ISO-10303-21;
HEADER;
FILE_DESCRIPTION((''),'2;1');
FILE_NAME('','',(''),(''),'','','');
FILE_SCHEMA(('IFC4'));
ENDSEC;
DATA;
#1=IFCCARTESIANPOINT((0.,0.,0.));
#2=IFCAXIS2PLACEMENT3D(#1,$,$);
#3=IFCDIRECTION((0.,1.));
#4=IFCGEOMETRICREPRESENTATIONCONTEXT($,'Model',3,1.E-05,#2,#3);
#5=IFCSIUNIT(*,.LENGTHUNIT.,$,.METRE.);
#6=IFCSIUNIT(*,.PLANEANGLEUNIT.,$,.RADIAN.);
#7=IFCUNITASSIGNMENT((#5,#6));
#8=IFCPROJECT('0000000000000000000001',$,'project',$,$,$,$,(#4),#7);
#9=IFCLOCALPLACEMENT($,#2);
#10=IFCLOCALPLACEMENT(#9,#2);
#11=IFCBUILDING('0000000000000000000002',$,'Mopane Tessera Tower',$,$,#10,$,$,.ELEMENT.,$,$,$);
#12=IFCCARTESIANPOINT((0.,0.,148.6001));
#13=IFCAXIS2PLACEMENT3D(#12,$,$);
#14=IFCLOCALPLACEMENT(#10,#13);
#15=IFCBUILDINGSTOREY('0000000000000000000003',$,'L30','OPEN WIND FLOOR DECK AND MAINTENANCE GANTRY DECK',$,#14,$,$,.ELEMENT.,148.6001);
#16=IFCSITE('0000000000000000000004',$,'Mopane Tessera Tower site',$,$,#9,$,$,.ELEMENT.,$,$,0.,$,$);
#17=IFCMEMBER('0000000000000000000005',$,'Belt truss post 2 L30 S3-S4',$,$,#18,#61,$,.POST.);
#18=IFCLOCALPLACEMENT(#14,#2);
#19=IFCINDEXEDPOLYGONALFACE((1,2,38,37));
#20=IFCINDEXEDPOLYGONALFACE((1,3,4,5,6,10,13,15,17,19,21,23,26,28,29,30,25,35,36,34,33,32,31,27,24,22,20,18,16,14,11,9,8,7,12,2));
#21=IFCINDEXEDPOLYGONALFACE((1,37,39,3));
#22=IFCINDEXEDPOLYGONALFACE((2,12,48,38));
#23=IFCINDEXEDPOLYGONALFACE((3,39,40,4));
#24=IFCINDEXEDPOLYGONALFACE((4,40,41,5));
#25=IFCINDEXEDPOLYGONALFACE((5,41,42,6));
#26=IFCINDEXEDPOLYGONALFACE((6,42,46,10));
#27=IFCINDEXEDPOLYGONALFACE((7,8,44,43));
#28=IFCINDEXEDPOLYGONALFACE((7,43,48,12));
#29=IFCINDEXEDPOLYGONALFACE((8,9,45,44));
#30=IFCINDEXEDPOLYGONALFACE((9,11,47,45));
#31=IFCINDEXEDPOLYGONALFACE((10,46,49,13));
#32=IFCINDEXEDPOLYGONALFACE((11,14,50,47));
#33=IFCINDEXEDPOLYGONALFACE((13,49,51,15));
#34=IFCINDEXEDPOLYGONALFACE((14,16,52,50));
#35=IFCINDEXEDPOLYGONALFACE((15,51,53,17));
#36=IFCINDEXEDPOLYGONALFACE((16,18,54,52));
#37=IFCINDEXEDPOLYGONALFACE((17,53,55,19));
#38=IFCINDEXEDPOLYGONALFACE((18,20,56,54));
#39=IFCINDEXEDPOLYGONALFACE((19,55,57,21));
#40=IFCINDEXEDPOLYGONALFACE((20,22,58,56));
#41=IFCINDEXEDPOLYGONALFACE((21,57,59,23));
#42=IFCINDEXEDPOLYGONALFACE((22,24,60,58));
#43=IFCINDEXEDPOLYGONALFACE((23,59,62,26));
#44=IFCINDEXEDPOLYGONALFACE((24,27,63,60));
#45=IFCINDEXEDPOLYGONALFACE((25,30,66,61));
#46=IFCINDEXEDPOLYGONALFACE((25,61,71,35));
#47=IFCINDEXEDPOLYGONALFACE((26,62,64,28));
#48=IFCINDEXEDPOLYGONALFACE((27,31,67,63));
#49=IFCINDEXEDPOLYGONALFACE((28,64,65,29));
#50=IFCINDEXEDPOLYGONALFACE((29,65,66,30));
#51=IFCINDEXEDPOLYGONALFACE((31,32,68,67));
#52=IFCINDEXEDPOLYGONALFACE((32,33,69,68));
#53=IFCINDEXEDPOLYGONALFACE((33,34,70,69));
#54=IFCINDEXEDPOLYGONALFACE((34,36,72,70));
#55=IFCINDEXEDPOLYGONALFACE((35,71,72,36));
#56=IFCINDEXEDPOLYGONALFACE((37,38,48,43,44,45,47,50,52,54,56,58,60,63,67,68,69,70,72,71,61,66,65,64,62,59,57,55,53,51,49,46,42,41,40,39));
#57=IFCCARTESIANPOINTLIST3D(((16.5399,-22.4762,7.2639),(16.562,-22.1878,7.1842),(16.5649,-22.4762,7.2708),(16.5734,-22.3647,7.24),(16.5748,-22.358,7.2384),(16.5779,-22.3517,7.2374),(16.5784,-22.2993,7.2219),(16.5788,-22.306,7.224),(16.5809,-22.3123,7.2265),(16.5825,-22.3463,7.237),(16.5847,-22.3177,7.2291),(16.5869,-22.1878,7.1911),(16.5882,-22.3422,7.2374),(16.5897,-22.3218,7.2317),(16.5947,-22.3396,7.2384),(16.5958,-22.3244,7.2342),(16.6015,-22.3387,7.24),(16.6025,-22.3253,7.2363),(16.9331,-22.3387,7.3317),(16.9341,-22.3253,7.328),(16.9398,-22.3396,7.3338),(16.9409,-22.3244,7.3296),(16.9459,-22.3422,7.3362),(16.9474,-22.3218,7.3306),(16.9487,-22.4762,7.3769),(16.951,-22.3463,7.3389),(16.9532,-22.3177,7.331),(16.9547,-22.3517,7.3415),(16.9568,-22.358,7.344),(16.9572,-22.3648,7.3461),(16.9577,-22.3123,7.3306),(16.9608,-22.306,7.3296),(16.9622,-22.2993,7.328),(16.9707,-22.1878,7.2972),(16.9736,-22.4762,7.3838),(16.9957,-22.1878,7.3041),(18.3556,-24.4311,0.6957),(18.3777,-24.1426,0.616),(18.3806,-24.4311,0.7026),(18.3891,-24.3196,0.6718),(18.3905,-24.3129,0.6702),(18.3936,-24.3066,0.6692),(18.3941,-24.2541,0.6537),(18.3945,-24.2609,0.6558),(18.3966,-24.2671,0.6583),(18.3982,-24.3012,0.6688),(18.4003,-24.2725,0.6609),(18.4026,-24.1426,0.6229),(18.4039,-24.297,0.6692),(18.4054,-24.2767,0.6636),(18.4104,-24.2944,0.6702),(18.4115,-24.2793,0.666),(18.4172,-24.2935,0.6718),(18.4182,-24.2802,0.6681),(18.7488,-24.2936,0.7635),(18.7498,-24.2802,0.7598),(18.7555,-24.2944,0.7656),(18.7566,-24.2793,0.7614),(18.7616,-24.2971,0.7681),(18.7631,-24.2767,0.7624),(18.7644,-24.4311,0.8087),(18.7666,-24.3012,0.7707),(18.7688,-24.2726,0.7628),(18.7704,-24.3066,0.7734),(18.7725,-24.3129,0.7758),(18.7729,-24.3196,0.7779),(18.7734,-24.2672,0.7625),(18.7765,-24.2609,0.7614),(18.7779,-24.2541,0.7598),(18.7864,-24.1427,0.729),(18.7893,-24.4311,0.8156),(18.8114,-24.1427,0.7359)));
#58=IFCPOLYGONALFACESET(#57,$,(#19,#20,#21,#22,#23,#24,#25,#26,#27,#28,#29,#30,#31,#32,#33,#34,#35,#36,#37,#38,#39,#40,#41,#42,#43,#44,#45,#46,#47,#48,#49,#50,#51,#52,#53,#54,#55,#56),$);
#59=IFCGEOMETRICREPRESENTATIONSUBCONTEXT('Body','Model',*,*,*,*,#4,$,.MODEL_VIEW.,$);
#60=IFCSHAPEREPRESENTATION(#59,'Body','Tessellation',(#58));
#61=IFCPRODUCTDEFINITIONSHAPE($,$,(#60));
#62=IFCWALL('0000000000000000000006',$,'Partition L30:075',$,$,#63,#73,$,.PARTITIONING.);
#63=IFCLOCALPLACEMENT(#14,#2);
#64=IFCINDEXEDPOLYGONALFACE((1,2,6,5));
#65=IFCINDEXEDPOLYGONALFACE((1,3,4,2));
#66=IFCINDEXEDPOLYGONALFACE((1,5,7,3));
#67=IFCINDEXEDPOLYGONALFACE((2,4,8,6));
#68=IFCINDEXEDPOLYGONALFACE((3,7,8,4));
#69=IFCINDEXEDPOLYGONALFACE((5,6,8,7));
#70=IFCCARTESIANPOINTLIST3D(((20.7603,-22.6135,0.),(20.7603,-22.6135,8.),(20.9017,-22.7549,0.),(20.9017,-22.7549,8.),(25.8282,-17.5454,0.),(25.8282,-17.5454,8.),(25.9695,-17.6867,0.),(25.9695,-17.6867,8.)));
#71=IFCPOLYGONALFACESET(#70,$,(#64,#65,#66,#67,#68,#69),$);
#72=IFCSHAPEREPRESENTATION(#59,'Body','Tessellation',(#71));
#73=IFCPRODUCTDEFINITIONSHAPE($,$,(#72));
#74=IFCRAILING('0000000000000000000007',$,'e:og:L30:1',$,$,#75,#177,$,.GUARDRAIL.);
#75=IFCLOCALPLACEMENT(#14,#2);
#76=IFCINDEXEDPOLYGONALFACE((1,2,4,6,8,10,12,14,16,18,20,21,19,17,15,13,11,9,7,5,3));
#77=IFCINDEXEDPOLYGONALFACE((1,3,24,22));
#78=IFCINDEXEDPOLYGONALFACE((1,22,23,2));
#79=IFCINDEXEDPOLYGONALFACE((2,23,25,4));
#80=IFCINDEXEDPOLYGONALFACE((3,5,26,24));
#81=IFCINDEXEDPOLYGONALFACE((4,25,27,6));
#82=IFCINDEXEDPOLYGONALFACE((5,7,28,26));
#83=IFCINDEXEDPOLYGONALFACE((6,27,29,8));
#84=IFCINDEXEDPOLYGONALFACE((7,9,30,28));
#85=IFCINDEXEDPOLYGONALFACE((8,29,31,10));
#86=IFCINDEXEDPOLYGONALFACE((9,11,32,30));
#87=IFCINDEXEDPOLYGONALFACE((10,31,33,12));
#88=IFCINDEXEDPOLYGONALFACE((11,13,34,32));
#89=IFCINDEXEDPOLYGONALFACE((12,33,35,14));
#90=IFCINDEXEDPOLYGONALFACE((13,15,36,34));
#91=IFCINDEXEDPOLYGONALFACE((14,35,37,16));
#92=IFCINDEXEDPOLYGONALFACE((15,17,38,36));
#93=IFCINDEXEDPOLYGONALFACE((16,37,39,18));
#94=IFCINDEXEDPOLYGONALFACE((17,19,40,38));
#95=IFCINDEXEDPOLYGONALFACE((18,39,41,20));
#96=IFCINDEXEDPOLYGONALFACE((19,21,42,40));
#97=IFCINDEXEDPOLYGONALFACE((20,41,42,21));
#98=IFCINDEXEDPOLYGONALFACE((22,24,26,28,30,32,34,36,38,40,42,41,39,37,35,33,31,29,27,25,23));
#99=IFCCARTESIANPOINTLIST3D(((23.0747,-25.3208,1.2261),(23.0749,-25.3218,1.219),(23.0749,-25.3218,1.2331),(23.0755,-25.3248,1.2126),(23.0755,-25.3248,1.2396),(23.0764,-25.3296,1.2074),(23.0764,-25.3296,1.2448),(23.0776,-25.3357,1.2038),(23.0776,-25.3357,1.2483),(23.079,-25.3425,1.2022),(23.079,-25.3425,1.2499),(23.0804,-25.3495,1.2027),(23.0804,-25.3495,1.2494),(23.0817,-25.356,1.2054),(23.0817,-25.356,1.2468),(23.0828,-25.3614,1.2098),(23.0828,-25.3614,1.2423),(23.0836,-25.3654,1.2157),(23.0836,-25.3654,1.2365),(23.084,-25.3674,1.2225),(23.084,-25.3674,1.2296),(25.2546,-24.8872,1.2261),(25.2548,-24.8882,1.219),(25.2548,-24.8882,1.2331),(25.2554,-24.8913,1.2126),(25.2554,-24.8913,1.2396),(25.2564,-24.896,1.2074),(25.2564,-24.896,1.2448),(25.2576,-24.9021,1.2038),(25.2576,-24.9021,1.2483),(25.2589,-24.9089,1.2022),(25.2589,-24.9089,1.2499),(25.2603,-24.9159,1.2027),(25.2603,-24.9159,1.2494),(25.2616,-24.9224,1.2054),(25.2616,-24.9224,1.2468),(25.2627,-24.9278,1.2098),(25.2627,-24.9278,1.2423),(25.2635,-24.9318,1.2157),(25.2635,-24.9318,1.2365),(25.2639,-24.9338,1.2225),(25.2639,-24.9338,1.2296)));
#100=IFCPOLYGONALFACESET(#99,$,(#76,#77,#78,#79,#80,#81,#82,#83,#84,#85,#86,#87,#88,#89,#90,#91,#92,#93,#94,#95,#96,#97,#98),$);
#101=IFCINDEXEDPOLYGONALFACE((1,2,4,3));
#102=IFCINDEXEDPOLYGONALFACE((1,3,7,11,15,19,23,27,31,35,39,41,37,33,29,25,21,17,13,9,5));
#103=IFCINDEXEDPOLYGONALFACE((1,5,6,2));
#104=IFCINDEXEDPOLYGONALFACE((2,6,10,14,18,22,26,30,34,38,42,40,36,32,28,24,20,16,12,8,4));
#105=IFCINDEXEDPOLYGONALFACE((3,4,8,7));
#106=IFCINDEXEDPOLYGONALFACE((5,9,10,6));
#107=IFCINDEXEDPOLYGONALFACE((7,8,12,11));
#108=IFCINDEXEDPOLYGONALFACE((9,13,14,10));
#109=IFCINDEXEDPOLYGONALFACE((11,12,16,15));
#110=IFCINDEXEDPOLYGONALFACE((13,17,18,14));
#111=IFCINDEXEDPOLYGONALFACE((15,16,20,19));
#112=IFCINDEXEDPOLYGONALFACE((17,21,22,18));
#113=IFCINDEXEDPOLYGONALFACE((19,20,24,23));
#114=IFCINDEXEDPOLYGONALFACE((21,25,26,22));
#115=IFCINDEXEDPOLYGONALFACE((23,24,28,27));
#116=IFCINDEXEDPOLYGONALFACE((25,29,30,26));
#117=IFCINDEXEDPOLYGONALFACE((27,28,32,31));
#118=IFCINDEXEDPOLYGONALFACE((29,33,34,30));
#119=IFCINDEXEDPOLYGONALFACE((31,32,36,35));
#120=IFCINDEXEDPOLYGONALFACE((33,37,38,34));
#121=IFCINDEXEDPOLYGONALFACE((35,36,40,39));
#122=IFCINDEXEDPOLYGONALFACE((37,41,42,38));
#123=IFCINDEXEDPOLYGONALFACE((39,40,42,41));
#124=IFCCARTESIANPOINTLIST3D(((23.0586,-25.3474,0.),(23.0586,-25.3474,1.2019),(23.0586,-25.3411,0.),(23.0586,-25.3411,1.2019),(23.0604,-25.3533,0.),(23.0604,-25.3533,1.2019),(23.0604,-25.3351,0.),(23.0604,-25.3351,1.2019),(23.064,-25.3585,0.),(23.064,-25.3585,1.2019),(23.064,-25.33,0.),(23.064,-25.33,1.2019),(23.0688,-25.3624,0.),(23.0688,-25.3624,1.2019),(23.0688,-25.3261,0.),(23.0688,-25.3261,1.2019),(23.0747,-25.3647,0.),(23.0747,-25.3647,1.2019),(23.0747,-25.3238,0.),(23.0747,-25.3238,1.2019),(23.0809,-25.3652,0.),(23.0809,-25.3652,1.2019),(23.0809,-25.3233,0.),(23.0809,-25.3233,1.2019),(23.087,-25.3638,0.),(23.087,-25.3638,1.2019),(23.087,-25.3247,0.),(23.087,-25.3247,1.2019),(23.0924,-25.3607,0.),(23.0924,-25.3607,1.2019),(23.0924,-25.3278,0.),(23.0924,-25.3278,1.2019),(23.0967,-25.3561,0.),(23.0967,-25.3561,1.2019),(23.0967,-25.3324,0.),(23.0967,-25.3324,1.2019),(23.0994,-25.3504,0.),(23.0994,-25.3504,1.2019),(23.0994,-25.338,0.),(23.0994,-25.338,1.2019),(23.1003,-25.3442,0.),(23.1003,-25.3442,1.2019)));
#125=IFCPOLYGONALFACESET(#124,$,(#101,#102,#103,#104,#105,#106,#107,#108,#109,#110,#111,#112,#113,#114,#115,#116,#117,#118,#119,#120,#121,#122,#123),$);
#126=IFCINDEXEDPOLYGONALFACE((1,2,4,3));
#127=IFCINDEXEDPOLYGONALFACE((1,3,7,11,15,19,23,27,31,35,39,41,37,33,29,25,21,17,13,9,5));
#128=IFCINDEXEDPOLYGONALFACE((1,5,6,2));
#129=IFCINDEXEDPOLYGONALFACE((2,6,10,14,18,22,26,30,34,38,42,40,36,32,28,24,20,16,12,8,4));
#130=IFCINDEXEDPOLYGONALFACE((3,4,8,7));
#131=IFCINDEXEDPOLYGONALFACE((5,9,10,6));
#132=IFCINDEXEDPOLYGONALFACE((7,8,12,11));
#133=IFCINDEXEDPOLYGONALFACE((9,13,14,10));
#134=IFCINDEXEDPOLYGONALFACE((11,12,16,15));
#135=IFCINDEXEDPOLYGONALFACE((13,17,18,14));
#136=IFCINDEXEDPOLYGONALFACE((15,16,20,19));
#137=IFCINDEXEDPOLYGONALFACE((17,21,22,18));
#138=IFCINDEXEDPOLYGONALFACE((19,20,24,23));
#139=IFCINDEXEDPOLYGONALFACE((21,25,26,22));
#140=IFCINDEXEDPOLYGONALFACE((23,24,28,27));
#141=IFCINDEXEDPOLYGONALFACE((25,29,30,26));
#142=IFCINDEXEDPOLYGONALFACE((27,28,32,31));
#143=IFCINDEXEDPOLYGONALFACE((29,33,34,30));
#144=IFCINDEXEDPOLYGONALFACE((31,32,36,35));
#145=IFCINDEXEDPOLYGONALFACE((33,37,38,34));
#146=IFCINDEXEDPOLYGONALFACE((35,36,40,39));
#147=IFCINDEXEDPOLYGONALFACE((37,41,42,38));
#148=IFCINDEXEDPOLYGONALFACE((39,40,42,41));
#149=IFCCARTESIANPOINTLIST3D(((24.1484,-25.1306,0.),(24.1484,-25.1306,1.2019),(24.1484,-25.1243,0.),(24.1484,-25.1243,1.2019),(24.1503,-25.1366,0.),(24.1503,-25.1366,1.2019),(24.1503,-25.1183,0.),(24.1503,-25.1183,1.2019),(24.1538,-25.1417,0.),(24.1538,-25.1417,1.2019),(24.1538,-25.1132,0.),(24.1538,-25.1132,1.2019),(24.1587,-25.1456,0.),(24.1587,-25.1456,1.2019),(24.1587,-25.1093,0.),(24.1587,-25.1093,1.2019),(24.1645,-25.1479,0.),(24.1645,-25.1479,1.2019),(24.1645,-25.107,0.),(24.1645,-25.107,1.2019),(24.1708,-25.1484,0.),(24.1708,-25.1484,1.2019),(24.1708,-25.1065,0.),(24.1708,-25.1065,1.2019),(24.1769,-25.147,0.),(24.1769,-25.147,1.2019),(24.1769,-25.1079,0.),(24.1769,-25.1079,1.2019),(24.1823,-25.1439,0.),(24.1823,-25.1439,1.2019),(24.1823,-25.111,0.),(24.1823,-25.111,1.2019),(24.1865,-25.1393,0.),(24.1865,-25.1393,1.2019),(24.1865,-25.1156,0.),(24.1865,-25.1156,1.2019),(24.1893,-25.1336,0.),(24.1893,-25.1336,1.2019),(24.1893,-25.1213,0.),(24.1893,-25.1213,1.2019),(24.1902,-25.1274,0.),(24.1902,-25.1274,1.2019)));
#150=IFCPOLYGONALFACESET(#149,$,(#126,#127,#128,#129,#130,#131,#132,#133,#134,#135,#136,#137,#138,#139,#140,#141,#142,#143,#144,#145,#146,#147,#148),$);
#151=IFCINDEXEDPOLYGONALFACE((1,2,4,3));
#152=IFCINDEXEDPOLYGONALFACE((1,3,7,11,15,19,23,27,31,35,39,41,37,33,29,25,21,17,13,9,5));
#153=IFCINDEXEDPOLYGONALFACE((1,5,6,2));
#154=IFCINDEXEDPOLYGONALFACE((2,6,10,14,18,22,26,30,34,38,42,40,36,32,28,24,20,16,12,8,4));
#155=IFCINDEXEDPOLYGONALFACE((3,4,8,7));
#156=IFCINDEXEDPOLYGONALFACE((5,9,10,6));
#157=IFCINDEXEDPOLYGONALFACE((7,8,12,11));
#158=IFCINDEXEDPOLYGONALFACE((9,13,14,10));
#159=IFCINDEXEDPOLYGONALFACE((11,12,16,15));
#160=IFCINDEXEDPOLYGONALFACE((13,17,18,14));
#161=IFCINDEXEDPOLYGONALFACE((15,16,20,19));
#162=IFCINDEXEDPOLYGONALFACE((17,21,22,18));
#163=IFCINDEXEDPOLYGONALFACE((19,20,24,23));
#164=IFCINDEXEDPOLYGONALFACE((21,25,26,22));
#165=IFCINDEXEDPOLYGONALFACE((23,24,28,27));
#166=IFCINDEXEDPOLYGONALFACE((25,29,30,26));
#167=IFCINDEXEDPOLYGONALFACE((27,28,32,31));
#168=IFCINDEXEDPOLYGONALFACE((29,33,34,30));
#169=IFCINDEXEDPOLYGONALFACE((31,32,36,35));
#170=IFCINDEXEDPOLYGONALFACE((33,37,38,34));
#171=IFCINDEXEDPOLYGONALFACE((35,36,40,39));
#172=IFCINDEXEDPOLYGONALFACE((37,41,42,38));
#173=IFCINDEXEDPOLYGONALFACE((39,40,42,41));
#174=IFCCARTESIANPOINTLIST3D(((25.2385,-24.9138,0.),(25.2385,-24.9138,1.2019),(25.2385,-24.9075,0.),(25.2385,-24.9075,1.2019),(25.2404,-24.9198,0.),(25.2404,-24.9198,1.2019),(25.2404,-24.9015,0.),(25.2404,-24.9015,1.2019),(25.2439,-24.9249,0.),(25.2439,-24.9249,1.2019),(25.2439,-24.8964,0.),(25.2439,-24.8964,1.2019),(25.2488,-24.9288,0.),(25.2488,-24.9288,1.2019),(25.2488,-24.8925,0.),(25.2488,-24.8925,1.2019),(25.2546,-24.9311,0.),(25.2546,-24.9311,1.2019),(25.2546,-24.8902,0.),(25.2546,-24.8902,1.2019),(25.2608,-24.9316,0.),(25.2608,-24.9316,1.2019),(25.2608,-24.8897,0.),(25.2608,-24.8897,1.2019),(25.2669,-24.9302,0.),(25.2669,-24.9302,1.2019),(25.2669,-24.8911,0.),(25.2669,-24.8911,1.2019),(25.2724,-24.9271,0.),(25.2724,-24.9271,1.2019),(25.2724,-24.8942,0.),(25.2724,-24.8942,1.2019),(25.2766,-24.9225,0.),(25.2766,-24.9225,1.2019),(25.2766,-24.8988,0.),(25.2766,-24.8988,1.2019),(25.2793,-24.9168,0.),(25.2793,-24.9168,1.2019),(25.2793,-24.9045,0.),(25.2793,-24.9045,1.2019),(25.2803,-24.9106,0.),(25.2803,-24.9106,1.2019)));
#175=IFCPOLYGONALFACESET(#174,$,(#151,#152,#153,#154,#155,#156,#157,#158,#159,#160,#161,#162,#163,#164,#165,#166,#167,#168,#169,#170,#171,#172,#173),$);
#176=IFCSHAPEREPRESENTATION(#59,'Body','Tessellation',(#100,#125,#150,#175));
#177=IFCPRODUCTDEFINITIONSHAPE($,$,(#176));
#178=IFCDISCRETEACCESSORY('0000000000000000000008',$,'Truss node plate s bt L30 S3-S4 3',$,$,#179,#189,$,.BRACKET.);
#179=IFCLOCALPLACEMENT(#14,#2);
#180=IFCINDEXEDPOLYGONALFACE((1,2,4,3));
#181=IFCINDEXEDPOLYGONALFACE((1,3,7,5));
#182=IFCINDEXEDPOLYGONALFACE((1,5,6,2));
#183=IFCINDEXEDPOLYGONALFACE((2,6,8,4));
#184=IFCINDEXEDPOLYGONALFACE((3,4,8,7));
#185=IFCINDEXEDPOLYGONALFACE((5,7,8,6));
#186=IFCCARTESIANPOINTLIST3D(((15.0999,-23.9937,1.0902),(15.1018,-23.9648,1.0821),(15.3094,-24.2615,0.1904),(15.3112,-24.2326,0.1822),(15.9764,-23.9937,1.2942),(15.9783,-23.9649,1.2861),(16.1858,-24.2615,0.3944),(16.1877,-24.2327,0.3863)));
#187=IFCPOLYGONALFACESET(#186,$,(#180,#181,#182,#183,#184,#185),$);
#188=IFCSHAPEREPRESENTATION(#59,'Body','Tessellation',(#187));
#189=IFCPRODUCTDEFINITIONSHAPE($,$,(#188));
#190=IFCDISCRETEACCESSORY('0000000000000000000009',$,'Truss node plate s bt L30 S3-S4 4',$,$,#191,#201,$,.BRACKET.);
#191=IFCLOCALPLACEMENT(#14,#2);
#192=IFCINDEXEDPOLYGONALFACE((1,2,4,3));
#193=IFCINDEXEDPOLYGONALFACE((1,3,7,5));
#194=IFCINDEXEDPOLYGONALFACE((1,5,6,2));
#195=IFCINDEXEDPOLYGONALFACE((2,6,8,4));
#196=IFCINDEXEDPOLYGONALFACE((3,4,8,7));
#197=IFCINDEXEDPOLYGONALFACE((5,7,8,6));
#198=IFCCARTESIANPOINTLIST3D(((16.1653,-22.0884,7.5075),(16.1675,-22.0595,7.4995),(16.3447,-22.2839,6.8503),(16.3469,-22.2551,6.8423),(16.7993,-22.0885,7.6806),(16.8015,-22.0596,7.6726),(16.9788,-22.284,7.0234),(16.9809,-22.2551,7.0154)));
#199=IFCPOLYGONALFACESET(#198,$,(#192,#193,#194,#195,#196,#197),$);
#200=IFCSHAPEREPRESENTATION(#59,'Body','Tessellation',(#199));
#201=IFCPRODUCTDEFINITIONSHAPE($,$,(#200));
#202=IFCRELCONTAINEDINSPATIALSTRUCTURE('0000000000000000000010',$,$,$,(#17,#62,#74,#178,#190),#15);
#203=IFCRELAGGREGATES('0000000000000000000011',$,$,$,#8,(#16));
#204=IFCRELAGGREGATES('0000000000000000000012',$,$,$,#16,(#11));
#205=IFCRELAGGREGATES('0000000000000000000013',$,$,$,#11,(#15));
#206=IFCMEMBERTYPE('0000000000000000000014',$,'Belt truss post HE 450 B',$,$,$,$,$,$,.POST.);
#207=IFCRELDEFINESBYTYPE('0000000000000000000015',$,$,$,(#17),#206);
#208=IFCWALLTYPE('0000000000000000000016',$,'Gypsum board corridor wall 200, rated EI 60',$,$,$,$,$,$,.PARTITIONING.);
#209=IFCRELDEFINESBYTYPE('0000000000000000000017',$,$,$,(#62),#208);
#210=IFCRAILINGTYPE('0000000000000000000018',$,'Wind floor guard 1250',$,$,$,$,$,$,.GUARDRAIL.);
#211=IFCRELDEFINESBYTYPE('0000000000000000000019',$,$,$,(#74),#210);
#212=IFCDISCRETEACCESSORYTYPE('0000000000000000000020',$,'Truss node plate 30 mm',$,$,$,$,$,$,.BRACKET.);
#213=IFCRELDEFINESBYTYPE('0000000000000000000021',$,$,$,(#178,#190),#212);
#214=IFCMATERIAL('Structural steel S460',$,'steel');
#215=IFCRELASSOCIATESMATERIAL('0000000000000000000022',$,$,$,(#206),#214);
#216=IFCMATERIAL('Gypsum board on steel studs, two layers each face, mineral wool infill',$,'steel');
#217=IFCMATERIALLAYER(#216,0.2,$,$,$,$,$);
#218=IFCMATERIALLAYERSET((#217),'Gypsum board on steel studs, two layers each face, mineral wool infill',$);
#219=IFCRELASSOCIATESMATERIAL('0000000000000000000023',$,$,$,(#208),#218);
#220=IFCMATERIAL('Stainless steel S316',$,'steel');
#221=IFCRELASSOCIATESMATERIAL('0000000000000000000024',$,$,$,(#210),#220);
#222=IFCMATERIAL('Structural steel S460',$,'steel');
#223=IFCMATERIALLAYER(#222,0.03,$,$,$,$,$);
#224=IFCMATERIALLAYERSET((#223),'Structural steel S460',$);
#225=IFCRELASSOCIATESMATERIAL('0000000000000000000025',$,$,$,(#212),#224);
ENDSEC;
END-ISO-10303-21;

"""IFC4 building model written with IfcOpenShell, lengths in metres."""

from ifc_helpers import new_model, si_unit, direction, frame, frame_2d, origin, origin_2d, place, context, subcontext, project, spatial, rectangle, circle, i_section, extrude, material, layer, layer_set, material_profile, profile_set, type_object, element, save


model = new_model("IFC4")

# Units and contexts
model_context = context("Model", 3, precision=1e-05, world=origin(), true_north=direction((0.0, 1.0)))
body_context = subcontext(model_context, "Body", "Model", "MODEL_VIEW")
ifc_project = project(units=[si_unit("LENGTHUNIT", "METRE"), si_unit("PLANEANGLEUNIT", "RADIAN")], contexts=[model_context])

# Site, building, storey
site_placement = place(None, origin())
site = spatial("IfcSite", under=ifc_project, at=site_placement, Name="Mopane Tessera Tower site", CompositionType="ELEMENT", RefElevation=0.0)
building_placement = place(site_placement, origin())
building = spatial("IfcBuilding", under=site, at=building_placement, Name="Mopane Tessera Tower", CompositionType="ELEMENT")
storey_placement = place(building_placement, frame((0.0, 0.0, 148.6001)))
storey = spatial("IfcBuildingStorey", under=building, at=storey_placement, Name="L30", Description="OPEN WIND FLOOR DECK AND MAINTENANCE GANTRY DECK", CompositionType="ELEMENT", Elevation=148.6001)

# Member
ifc_material_1 = material(Name="Structural steel S460", Category="steel")
ifc_material_profile_1 = material_profile(ifc_material_1, i_section(OverallWidth=0.3, OverallDepth=0.45, WebThickness=0.0139, FlangeThickness=0.0259, FilletRadius=0.0271, at=origin_2d()))
ifc_profile_set_1 = profile_set([ifc_material_profile_1], Name="Structural steel S460")
member_type_1 = type_object("IfcMemberType", Name="Belt truss post HE 450 B", PredefinedType="POST", material=ifc_profile_set_1)
member_1_placement = place(storey_placement, frame((18.5835, -24.2869, 0.7158), z_axis=(-0.256115, 0.275744, 0.926483), x_axis=(0.073511, 0.961231, -0.265765)))
element("IfcMember", 1, at=member_1_placement, inside=storey, type_object=member_type_1, Name="Belt truss post 2 L30 S3-S4", PredefinedType="POST", context=body_context, shape_type="SweptSolid", body=[
    extrude(i_section(OverallWidth=0.3, OverallDepth=0.45, WebThickness=0.0139, FlangeThickness=0.0259, FilletRadius=0.0271, at=origin_2d()), origin(), (0.0, 0.0, 1.0), 7.0894),
])

# Wall
ifc_material_2 = material(Name="Gypsum board on steel studs, two layers each face, mineral wool infill", Category="steel")
ifc_layer_1 = layer(ifc_material_2, 0.2)
ifc_layer_set_1 = layer_set([ifc_layer_1], Name="Gypsum board on steel studs, two layers each face, mineral wool infill")
wall_type = type_object("IfcWallType", Name="Gypsum board corridor wall 200, rated EI 60", PredefinedType="PARTITIONING", material=ifc_layer_set_1)
wall_placement = place(storey_placement, frame((20.8311, -22.6841, 0.0), z_axis=(0.0, 0.0, 1.0), x_axis=(0.70709, 0.707124, 0.0)))
element("IfcWall", 2, at=wall_placement, inside=storey, type_object=wall_type, Name="Partition L30:075", PredefinedType="PARTITIONING", context=body_context, shape_type="SweptSolid", body=[
    extrude(rectangle(XDim=7.1672, YDim=0.2, at=frame_2d((3.5835, 0.0))), origin(), (0.0, 0.0, 1.0), 8.0),
])

# Railing
ifc_material_3 = material(Name="Stainless steel S316", Category="steel")
railing_type = type_object("IfcRailingType", Name="Wind floor guard 1250", PredefinedType="GUARDRAIL", material=ifc_material_3)
railing_placement = place(storey_placement, frame((23.0793, -25.3442, 0.0)))
element("IfcRailing", 3, at=railing_placement, inside=storey, type_object=railing_type, Name="e:og:L30:1", PredefinedType="GUARDRAIL", context=body_context, shape_type="SweptSolid", body=[
    extrude(circle(Radius=0.0239, at=origin_2d()), frame((0.0, 0.0, 1.2261), z_axis=(0.980787, 0.195081, 0.0), x_axis=(-0.195081, 0.980787, 0.0)), (0.0, 0.0, 1.0), 2.2227),
    extrude(circle(Radius=0.021, at=origin_2d()), origin(), (0.0, 0.0, 1.0), 1.2019),
    extrude(circle(Radius=0.021, at=origin_2d()), frame((1.0898, 0.2168, 0.0)), (0.0, 0.0, 1.0), 1.2019),
    extrude(circle(Radius=0.021, at=origin_2d()), frame((2.1799, 0.4336, 0.0)), (0.0, 0.0, 1.0), 1.2019),
])

# Discrete accessories
ifc_material_4 = material(Name="Structural steel S460", Category="steel")
ifc_layer_2 = layer(ifc_material_4, 0.03)
ifc_layer_set_2 = layer_set([ifc_layer_2], Name="Structural steel S460")
discrete_accessory_type = type_object("IfcDiscreteAccessoryType", Name="Truss node plate 30 mm", PredefinedType="BRACKET", material=ifc_layer_set_2)
discrete_accessory_1_placement = place(storey_placement, frame((15.7485, -24.2471, 0.2883), z_axis=(-0.217748, 0.278403, 0.935456), x_axis=(0.063147, 0.960464, -0.271147)))
element("IfcDiscreteAccessory", 4, at=discrete_accessory_1_placement, inside=storey, type_object=discrete_accessory_type, Name="Truss node plate s bt L30 S3-S4 3", PredefinedType="BRACKET", context=body_context, shape_type="SweptSolid", body=[
    extrude(rectangle(XDim=0.03, YDim=0.8999, at=origin_2d()), origin(), (0.0, 0.0, 1.0), 0.9619),
])
discrete_accessory_2_placement = place(storey_placement, frame((16.6628, -22.2695, 6.9329), z_axis=(-0.253167, 0.2759, 0.927246), x_axis=(0.072773, 0.961186, -0.26613)))
element("IfcDiscreteAccessory", 5, at=discrete_accessory_2_placement, inside=storey, type_object=discrete_accessory_type, Name="Truss node plate s bt L30 S3-S4 4", PredefinedType="BRACKET", context=body_context, shape_type="SweptSolid", body=[
    extrude(rectangle(XDim=0.03, YDim=0.6572, at=origin_2d()), origin(), (0.0, 0.0, 1.0), 0.7087),
])

save(model, "model.ifc")
